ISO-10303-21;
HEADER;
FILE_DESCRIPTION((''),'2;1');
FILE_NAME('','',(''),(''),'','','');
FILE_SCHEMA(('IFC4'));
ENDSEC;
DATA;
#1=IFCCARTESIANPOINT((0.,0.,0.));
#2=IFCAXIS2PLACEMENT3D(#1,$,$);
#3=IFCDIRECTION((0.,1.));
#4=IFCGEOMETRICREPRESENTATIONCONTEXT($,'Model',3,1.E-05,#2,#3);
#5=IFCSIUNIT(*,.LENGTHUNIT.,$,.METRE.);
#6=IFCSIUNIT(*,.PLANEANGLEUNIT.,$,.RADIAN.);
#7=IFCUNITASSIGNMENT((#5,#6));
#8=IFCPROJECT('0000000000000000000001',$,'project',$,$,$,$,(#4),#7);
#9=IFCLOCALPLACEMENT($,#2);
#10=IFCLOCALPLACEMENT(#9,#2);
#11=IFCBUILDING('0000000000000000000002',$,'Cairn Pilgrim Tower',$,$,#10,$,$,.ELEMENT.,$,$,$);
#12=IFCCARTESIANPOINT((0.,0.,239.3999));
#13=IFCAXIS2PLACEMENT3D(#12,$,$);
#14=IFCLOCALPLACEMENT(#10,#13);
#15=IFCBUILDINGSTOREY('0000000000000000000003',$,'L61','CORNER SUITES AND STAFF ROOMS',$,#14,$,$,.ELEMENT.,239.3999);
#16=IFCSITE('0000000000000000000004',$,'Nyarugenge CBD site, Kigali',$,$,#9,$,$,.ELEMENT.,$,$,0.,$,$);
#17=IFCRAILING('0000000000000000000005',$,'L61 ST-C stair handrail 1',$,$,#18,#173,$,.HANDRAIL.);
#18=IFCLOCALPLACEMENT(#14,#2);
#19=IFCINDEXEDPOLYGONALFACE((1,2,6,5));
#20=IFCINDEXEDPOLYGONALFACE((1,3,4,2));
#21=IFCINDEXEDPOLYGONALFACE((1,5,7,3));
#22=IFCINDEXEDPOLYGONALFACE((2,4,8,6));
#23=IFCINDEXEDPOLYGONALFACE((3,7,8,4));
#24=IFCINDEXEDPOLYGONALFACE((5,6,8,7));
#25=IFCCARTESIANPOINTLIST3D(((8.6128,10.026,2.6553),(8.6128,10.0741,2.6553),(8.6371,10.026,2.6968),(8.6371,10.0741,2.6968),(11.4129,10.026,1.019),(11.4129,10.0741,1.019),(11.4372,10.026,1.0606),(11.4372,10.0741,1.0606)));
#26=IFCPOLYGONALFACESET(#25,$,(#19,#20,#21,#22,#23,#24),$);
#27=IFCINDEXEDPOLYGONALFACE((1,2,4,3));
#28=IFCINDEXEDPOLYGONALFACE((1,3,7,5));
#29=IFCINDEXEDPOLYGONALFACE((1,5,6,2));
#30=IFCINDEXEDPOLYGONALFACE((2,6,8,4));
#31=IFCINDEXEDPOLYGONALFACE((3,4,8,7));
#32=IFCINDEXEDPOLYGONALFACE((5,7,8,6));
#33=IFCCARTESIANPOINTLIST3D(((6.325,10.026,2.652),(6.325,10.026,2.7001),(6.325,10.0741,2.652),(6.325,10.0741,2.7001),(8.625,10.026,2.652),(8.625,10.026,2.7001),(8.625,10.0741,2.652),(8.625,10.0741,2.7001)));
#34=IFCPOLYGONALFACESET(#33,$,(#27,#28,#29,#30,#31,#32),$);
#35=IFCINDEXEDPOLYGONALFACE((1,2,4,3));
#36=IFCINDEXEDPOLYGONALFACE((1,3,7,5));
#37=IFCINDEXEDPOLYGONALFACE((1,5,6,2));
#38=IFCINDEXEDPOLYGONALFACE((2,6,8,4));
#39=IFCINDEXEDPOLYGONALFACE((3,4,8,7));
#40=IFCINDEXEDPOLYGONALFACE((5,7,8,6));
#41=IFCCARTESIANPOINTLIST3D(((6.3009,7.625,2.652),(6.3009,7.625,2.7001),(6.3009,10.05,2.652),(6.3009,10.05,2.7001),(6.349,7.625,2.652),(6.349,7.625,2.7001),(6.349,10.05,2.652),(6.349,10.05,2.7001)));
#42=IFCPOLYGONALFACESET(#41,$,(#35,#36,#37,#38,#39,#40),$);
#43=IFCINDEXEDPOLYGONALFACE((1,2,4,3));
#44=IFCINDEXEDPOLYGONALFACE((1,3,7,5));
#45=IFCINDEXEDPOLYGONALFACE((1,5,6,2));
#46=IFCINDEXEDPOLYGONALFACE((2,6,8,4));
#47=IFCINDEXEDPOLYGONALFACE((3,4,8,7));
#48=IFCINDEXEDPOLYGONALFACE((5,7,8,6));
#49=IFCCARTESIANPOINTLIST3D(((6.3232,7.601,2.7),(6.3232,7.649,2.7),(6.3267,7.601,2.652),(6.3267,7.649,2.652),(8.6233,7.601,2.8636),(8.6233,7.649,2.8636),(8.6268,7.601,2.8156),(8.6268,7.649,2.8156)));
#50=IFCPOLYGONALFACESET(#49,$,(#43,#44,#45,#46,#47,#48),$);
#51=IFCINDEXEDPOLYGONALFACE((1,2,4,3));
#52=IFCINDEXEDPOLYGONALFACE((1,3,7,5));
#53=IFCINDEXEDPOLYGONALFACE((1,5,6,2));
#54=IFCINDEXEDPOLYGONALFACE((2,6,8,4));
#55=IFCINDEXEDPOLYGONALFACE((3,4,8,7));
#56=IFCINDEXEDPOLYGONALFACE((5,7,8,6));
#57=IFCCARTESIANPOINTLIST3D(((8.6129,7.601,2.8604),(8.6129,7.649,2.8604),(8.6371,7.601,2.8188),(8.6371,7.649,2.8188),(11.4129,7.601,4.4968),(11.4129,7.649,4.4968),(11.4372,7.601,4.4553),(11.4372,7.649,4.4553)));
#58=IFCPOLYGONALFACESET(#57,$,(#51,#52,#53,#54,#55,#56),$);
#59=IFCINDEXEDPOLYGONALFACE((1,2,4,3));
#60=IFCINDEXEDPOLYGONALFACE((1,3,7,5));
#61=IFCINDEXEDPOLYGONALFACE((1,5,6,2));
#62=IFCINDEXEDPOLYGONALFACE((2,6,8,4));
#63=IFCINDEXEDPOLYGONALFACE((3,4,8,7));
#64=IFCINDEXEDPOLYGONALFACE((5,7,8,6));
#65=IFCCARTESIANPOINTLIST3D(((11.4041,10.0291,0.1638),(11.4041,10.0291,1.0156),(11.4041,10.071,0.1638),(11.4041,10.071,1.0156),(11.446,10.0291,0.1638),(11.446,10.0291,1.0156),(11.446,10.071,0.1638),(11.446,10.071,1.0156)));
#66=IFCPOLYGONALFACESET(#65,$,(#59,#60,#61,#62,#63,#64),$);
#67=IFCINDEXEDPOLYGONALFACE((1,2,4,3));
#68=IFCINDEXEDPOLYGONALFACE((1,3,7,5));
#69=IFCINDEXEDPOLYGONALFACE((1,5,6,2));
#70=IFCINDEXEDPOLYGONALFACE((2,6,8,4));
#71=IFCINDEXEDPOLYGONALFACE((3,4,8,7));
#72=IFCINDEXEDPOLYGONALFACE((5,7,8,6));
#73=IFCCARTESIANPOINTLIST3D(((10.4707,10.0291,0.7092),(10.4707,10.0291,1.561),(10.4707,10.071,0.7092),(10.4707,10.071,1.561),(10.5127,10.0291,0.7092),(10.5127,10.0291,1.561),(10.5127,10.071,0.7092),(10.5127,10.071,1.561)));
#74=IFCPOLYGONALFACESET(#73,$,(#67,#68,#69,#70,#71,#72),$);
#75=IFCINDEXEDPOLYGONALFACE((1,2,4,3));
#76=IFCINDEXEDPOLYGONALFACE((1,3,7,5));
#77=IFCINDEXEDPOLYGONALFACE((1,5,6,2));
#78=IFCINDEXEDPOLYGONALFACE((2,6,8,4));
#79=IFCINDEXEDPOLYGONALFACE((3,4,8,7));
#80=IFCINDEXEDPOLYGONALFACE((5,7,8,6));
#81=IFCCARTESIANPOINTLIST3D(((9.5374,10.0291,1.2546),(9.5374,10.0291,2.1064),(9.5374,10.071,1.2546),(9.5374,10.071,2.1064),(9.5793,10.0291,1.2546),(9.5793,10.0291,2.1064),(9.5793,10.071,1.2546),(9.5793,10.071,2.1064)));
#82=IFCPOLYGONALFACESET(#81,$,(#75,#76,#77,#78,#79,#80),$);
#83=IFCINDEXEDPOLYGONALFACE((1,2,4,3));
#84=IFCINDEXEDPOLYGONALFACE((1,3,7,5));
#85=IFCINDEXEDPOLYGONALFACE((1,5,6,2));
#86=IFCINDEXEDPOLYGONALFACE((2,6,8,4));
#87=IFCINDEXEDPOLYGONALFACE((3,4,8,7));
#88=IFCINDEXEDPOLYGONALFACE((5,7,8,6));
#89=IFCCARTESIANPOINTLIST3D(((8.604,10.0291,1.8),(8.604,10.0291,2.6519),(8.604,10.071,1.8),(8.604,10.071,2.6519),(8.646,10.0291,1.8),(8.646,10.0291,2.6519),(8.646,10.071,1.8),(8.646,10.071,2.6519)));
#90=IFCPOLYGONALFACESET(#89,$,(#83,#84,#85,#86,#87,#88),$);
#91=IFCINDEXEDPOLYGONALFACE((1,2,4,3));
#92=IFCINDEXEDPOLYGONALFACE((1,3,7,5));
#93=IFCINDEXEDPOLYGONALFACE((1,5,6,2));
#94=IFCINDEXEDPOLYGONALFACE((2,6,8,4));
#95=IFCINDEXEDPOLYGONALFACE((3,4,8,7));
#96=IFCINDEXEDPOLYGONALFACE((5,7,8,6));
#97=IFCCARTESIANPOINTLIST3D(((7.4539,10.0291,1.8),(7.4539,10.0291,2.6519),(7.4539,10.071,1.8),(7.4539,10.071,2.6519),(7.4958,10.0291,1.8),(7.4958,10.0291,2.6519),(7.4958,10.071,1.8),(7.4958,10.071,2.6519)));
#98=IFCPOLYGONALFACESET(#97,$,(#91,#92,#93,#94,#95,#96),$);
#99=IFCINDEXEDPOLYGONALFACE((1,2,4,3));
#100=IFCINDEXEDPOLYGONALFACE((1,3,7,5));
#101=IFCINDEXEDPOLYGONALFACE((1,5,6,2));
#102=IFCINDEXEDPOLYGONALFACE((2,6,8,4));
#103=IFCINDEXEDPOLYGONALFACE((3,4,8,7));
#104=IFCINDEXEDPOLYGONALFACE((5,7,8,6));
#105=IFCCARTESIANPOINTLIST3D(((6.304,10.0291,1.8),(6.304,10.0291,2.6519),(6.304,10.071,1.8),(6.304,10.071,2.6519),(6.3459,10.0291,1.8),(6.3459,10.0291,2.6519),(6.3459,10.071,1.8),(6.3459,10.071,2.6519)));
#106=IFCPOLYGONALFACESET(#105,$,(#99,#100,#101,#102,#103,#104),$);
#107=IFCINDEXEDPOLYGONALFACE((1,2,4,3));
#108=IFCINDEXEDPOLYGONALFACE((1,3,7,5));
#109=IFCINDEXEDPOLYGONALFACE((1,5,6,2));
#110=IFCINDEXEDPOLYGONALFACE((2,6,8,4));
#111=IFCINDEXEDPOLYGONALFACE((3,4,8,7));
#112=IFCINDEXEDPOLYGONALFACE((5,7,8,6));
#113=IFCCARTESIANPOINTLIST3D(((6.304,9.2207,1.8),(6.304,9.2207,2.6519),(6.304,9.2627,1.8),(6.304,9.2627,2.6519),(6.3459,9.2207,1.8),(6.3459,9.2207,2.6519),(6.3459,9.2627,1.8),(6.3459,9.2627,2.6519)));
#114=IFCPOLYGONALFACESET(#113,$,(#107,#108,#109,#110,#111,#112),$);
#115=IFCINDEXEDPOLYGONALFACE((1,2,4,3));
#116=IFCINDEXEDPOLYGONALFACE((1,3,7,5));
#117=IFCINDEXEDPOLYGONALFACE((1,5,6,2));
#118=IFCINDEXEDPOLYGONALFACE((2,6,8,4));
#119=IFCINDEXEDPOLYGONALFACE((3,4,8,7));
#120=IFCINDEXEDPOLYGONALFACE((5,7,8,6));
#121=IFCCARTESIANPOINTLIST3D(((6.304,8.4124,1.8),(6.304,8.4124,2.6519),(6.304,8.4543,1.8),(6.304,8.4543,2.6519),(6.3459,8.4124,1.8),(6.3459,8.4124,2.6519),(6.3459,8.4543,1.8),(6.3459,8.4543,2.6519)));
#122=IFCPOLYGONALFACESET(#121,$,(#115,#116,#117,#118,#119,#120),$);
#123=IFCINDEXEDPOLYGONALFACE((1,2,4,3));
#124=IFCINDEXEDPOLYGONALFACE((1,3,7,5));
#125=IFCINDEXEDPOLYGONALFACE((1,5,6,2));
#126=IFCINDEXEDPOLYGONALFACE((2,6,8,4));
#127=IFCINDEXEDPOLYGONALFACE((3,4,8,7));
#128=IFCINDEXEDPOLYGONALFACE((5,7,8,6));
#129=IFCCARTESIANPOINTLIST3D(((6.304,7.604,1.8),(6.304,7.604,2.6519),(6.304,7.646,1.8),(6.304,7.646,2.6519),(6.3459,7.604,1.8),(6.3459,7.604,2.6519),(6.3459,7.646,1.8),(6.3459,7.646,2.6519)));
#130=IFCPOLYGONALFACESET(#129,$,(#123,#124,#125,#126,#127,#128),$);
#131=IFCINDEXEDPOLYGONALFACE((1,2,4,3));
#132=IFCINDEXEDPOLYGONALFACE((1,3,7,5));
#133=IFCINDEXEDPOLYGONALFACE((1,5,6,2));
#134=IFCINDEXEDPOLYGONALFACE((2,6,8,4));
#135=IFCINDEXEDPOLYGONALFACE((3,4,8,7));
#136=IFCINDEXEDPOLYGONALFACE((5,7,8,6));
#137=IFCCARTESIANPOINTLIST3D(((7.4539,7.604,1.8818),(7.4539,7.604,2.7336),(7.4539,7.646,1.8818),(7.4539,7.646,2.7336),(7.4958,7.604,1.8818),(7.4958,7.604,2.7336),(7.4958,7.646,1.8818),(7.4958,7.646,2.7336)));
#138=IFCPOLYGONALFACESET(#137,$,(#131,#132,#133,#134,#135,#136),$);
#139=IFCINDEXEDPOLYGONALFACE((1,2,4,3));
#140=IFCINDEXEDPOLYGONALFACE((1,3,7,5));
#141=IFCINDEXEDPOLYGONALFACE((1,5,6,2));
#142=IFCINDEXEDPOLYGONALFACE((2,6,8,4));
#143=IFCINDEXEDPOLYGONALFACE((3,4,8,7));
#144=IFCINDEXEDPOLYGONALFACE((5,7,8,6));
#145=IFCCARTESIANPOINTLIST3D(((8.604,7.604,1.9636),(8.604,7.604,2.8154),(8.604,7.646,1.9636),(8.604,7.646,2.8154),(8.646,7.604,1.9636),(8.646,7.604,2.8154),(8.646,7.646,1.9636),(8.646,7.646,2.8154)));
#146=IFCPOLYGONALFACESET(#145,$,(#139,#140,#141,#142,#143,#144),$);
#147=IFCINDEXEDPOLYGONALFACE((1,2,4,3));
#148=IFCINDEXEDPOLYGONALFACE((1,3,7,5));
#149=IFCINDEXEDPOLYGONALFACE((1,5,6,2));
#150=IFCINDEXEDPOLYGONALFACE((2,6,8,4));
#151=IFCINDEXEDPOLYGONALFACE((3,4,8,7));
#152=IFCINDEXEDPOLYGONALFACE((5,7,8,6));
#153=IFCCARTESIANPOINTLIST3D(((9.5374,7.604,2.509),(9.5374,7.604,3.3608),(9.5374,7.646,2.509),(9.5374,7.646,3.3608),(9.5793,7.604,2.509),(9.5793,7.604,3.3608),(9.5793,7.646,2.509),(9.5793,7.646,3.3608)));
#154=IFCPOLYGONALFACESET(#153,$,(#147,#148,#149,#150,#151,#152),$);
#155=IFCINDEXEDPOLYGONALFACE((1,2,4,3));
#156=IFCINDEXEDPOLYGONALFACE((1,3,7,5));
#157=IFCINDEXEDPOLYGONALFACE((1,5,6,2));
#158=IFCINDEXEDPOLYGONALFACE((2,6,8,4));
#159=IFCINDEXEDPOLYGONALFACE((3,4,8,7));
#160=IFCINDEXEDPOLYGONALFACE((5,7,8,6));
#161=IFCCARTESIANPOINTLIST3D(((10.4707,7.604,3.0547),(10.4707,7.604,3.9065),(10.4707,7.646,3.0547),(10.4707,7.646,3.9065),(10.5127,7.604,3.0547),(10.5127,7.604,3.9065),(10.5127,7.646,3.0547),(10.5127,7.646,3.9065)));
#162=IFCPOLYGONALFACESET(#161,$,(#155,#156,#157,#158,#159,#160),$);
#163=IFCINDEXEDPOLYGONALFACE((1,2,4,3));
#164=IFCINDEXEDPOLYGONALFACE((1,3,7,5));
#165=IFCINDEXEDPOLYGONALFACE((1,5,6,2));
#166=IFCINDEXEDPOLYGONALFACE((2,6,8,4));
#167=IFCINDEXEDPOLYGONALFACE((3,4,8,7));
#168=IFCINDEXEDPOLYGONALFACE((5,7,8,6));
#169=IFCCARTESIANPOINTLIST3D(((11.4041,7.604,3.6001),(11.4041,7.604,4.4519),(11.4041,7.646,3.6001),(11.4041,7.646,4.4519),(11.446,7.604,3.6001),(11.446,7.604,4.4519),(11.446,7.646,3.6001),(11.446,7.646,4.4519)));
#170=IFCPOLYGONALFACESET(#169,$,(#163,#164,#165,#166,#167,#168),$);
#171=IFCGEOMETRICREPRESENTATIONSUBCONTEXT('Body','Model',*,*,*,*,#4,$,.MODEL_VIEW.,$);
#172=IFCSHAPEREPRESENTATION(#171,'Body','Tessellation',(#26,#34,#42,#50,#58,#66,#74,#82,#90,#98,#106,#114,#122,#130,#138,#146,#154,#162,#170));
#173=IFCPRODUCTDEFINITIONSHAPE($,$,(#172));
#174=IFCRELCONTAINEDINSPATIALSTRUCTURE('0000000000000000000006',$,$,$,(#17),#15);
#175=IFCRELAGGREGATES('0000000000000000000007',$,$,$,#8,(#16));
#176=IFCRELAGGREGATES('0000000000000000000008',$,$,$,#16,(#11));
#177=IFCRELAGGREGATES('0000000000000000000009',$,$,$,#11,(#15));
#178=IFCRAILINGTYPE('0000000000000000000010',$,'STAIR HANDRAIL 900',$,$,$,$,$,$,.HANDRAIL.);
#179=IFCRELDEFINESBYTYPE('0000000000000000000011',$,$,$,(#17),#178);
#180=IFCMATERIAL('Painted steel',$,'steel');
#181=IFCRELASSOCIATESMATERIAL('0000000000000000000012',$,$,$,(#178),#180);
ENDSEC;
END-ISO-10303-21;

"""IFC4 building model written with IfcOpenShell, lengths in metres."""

from ifc_helpers import new_model, si_unit, direction, frame, origin, origin_2d, place, context, subcontext, project, spatial, rectangle, extrude, material, type_object, element, save


model = new_model("IFC4")

# Units and contexts
model_context = context("Model", 3, precision=1e-05, world=origin(), true_north=direction((0.0, 1.0)))
body_context = subcontext(model_context, "Body", "Model", "MODEL_VIEW")
ifc_project = project(units=[si_unit("LENGTHUNIT", "METRE"), si_unit("PLANEANGLEUNIT", "RADIAN")], contexts=[model_context])

# Site, building, storey
site_placement = place(None, origin())
site = spatial("IfcSite", under=ifc_project, at=site_placement, Name="Nyarugenge CBD site, Kigali", CompositionType="ELEMENT", RefElevation=0.0)
building_placement = place(site_placement, origin())
building = spatial("IfcBuilding", under=site, at=building_placement, Name="Cairn Pilgrim Tower", CompositionType="ELEMENT")
storey_placement = place(building_placement, frame((0.0, 0.0, 239.3999)))
storey = spatial("IfcBuildingStorey", under=building, at=storey_placement, Name="L61", Description="CORNER SUITES AND STAFF ROOMS", CompositionType="ELEMENT", Elevation=239.3999)

# Shared definitions
ifc_material_1 = material(Name="Painted steel", Category="steel")

# Railing
railing_type_1 = type_object("IfcRailingType", Name="STAIR HANDRAIL 900", PredefinedType="HANDRAIL", material=ifc_material_1)
railing_1_placement = place(storey_placement, frame((11.425, 10.05, 0.1638)))
element("IfcRailing", 1, at=railing_1_placement, inside=storey, type_object=railing_type_1, Name="L61 ST-C stair handrail 1", PredefinedType="HANDRAIL", context=body_context, shape_type="SweptSolid", body=[
    extrude(rectangle(XDim=0.0481, YDim=0.0481, at=origin_2d()), frame((0.0, 0.0, 0.876), z_axis=(-0.863394, 0.0, 0.504531), x_axis=(0.0, -1.0, 0.0)), (0.0, 0.0, 1.0), 3.2432),
    extrude(rectangle(XDim=0.0481, YDim=0.0481, at=origin_2d()), frame((-2.8, 0.0, 2.5122), z_axis=(-1.0, 0.0, 0.0), x_axis=(0.0, -1.0, 0.0)), (0.0, 0.0, 1.0), 2.3),
    extrude(rectangle(XDim=0.0481, YDim=0.0481, at=origin_2d()), frame((-5.1001, 0.0, 2.5122), z_axis=(0.0, -1.0, 0.0), x_axis=(1.0, 0.0, 0.0)), (0.0, 0.0, 1.0), 2.425),
    extrude(rectangle(XDim=0.0481, YDim=0.0481, at=origin_2d()), frame((-5.1001, -2.425, 2.5122), z_axis=(0.997481, 0.0, 0.070939), x_axis=(0.0, 1.0, 0.0)), (0.0, 0.0, 1.0), 2.3059),
    extrude(rectangle(XDim=0.0481, YDim=0.0481, at=origin_2d()), frame((-2.8, -2.425, 2.6758), z_axis=(0.863361, 0.0, 0.504587), x_axis=(0.0, 1.0, 0.0)), (0.0, 0.0, 1.0), 3.2432),
    extrude(rectangle(XDim=0.042, YDim=0.042, at=origin_2d()), origin(), (0.0, 0.0, 1.0), 0.8518),
    extrude(rectangle(XDim=0.042, YDim=0.042, at=origin_2d()), frame((-0.9333, 0.0, 0.5454)), (0.0, 0.0, 1.0), 0.8518),
    extrude(rectangle(XDim=0.042, YDim=0.042, at=origin_2d()), frame((-1.8667, 0.0, 1.0908)), (0.0, 0.0, 1.0), 0.8518),
    extrude(rectangle(XDim=0.042, YDim=0.042, at=origin_2d()), frame((-2.8, 0.0, 1.6362)), (0.0, 0.0, 1.0), 0.8518),
    extrude(rectangle(XDim=0.042, YDim=0.042, at=origin_2d()), frame((-3.9502, 0.0, 1.6362)), (0.0, 0.0, 1.0), 0.8518),
    extrude(rectangle(XDim=0.042, YDim=0.042, at=origin_2d()), frame((-5.1001, 0.0, 1.6362)), (0.0, 0.0, 1.0), 0.8518),
    extrude(rectangle(XDim=0.042, YDim=0.042, at=origin_2d()), frame((-5.1001, -0.8083, 1.6362)), (0.0, 0.0, 1.0), 0.8518),
    extrude(rectangle(XDim=0.042, YDim=0.042, at=origin_2d()), frame((-5.1001, -1.6167, 1.6362)), (0.0, 0.0, 1.0), 0.8518),
    extrude(rectangle(XDim=0.042, YDim=0.042, at=origin_2d()), frame((-5.1001, -2.425, 1.6362)), (0.0, 0.0, 1.0), 0.8518),
    extrude(rectangle(XDim=0.042, YDim=0.042, at=origin_2d()), frame((-3.9502, -2.425, 1.718)), (0.0, 0.0, 1.0), 0.8518),
    extrude(rectangle(XDim=0.042, YDim=0.042, at=origin_2d()), frame((-2.8, -2.425, 1.7998)), (0.0, 0.0, 1.0), 0.8518),
    extrude(rectangle(XDim=0.042, YDim=0.042, at=origin_2d()), frame((-1.8667, -2.425, 2.3452)), (0.0, 0.0, 1.0), 0.8518),
    extrude(rectangle(XDim=0.042, YDim=0.042, at=origin_2d()), frame((-0.9333, -2.425, 2.8909)), (0.0, 0.0, 1.0), 0.8518),
    extrude(rectangle(XDim=0.042, YDim=0.042, at=origin_2d()), frame((0.0, -2.425, 3.4363)), (0.0, 0.0, 1.0), 0.8518),
])

save(model, "model.ifc")
